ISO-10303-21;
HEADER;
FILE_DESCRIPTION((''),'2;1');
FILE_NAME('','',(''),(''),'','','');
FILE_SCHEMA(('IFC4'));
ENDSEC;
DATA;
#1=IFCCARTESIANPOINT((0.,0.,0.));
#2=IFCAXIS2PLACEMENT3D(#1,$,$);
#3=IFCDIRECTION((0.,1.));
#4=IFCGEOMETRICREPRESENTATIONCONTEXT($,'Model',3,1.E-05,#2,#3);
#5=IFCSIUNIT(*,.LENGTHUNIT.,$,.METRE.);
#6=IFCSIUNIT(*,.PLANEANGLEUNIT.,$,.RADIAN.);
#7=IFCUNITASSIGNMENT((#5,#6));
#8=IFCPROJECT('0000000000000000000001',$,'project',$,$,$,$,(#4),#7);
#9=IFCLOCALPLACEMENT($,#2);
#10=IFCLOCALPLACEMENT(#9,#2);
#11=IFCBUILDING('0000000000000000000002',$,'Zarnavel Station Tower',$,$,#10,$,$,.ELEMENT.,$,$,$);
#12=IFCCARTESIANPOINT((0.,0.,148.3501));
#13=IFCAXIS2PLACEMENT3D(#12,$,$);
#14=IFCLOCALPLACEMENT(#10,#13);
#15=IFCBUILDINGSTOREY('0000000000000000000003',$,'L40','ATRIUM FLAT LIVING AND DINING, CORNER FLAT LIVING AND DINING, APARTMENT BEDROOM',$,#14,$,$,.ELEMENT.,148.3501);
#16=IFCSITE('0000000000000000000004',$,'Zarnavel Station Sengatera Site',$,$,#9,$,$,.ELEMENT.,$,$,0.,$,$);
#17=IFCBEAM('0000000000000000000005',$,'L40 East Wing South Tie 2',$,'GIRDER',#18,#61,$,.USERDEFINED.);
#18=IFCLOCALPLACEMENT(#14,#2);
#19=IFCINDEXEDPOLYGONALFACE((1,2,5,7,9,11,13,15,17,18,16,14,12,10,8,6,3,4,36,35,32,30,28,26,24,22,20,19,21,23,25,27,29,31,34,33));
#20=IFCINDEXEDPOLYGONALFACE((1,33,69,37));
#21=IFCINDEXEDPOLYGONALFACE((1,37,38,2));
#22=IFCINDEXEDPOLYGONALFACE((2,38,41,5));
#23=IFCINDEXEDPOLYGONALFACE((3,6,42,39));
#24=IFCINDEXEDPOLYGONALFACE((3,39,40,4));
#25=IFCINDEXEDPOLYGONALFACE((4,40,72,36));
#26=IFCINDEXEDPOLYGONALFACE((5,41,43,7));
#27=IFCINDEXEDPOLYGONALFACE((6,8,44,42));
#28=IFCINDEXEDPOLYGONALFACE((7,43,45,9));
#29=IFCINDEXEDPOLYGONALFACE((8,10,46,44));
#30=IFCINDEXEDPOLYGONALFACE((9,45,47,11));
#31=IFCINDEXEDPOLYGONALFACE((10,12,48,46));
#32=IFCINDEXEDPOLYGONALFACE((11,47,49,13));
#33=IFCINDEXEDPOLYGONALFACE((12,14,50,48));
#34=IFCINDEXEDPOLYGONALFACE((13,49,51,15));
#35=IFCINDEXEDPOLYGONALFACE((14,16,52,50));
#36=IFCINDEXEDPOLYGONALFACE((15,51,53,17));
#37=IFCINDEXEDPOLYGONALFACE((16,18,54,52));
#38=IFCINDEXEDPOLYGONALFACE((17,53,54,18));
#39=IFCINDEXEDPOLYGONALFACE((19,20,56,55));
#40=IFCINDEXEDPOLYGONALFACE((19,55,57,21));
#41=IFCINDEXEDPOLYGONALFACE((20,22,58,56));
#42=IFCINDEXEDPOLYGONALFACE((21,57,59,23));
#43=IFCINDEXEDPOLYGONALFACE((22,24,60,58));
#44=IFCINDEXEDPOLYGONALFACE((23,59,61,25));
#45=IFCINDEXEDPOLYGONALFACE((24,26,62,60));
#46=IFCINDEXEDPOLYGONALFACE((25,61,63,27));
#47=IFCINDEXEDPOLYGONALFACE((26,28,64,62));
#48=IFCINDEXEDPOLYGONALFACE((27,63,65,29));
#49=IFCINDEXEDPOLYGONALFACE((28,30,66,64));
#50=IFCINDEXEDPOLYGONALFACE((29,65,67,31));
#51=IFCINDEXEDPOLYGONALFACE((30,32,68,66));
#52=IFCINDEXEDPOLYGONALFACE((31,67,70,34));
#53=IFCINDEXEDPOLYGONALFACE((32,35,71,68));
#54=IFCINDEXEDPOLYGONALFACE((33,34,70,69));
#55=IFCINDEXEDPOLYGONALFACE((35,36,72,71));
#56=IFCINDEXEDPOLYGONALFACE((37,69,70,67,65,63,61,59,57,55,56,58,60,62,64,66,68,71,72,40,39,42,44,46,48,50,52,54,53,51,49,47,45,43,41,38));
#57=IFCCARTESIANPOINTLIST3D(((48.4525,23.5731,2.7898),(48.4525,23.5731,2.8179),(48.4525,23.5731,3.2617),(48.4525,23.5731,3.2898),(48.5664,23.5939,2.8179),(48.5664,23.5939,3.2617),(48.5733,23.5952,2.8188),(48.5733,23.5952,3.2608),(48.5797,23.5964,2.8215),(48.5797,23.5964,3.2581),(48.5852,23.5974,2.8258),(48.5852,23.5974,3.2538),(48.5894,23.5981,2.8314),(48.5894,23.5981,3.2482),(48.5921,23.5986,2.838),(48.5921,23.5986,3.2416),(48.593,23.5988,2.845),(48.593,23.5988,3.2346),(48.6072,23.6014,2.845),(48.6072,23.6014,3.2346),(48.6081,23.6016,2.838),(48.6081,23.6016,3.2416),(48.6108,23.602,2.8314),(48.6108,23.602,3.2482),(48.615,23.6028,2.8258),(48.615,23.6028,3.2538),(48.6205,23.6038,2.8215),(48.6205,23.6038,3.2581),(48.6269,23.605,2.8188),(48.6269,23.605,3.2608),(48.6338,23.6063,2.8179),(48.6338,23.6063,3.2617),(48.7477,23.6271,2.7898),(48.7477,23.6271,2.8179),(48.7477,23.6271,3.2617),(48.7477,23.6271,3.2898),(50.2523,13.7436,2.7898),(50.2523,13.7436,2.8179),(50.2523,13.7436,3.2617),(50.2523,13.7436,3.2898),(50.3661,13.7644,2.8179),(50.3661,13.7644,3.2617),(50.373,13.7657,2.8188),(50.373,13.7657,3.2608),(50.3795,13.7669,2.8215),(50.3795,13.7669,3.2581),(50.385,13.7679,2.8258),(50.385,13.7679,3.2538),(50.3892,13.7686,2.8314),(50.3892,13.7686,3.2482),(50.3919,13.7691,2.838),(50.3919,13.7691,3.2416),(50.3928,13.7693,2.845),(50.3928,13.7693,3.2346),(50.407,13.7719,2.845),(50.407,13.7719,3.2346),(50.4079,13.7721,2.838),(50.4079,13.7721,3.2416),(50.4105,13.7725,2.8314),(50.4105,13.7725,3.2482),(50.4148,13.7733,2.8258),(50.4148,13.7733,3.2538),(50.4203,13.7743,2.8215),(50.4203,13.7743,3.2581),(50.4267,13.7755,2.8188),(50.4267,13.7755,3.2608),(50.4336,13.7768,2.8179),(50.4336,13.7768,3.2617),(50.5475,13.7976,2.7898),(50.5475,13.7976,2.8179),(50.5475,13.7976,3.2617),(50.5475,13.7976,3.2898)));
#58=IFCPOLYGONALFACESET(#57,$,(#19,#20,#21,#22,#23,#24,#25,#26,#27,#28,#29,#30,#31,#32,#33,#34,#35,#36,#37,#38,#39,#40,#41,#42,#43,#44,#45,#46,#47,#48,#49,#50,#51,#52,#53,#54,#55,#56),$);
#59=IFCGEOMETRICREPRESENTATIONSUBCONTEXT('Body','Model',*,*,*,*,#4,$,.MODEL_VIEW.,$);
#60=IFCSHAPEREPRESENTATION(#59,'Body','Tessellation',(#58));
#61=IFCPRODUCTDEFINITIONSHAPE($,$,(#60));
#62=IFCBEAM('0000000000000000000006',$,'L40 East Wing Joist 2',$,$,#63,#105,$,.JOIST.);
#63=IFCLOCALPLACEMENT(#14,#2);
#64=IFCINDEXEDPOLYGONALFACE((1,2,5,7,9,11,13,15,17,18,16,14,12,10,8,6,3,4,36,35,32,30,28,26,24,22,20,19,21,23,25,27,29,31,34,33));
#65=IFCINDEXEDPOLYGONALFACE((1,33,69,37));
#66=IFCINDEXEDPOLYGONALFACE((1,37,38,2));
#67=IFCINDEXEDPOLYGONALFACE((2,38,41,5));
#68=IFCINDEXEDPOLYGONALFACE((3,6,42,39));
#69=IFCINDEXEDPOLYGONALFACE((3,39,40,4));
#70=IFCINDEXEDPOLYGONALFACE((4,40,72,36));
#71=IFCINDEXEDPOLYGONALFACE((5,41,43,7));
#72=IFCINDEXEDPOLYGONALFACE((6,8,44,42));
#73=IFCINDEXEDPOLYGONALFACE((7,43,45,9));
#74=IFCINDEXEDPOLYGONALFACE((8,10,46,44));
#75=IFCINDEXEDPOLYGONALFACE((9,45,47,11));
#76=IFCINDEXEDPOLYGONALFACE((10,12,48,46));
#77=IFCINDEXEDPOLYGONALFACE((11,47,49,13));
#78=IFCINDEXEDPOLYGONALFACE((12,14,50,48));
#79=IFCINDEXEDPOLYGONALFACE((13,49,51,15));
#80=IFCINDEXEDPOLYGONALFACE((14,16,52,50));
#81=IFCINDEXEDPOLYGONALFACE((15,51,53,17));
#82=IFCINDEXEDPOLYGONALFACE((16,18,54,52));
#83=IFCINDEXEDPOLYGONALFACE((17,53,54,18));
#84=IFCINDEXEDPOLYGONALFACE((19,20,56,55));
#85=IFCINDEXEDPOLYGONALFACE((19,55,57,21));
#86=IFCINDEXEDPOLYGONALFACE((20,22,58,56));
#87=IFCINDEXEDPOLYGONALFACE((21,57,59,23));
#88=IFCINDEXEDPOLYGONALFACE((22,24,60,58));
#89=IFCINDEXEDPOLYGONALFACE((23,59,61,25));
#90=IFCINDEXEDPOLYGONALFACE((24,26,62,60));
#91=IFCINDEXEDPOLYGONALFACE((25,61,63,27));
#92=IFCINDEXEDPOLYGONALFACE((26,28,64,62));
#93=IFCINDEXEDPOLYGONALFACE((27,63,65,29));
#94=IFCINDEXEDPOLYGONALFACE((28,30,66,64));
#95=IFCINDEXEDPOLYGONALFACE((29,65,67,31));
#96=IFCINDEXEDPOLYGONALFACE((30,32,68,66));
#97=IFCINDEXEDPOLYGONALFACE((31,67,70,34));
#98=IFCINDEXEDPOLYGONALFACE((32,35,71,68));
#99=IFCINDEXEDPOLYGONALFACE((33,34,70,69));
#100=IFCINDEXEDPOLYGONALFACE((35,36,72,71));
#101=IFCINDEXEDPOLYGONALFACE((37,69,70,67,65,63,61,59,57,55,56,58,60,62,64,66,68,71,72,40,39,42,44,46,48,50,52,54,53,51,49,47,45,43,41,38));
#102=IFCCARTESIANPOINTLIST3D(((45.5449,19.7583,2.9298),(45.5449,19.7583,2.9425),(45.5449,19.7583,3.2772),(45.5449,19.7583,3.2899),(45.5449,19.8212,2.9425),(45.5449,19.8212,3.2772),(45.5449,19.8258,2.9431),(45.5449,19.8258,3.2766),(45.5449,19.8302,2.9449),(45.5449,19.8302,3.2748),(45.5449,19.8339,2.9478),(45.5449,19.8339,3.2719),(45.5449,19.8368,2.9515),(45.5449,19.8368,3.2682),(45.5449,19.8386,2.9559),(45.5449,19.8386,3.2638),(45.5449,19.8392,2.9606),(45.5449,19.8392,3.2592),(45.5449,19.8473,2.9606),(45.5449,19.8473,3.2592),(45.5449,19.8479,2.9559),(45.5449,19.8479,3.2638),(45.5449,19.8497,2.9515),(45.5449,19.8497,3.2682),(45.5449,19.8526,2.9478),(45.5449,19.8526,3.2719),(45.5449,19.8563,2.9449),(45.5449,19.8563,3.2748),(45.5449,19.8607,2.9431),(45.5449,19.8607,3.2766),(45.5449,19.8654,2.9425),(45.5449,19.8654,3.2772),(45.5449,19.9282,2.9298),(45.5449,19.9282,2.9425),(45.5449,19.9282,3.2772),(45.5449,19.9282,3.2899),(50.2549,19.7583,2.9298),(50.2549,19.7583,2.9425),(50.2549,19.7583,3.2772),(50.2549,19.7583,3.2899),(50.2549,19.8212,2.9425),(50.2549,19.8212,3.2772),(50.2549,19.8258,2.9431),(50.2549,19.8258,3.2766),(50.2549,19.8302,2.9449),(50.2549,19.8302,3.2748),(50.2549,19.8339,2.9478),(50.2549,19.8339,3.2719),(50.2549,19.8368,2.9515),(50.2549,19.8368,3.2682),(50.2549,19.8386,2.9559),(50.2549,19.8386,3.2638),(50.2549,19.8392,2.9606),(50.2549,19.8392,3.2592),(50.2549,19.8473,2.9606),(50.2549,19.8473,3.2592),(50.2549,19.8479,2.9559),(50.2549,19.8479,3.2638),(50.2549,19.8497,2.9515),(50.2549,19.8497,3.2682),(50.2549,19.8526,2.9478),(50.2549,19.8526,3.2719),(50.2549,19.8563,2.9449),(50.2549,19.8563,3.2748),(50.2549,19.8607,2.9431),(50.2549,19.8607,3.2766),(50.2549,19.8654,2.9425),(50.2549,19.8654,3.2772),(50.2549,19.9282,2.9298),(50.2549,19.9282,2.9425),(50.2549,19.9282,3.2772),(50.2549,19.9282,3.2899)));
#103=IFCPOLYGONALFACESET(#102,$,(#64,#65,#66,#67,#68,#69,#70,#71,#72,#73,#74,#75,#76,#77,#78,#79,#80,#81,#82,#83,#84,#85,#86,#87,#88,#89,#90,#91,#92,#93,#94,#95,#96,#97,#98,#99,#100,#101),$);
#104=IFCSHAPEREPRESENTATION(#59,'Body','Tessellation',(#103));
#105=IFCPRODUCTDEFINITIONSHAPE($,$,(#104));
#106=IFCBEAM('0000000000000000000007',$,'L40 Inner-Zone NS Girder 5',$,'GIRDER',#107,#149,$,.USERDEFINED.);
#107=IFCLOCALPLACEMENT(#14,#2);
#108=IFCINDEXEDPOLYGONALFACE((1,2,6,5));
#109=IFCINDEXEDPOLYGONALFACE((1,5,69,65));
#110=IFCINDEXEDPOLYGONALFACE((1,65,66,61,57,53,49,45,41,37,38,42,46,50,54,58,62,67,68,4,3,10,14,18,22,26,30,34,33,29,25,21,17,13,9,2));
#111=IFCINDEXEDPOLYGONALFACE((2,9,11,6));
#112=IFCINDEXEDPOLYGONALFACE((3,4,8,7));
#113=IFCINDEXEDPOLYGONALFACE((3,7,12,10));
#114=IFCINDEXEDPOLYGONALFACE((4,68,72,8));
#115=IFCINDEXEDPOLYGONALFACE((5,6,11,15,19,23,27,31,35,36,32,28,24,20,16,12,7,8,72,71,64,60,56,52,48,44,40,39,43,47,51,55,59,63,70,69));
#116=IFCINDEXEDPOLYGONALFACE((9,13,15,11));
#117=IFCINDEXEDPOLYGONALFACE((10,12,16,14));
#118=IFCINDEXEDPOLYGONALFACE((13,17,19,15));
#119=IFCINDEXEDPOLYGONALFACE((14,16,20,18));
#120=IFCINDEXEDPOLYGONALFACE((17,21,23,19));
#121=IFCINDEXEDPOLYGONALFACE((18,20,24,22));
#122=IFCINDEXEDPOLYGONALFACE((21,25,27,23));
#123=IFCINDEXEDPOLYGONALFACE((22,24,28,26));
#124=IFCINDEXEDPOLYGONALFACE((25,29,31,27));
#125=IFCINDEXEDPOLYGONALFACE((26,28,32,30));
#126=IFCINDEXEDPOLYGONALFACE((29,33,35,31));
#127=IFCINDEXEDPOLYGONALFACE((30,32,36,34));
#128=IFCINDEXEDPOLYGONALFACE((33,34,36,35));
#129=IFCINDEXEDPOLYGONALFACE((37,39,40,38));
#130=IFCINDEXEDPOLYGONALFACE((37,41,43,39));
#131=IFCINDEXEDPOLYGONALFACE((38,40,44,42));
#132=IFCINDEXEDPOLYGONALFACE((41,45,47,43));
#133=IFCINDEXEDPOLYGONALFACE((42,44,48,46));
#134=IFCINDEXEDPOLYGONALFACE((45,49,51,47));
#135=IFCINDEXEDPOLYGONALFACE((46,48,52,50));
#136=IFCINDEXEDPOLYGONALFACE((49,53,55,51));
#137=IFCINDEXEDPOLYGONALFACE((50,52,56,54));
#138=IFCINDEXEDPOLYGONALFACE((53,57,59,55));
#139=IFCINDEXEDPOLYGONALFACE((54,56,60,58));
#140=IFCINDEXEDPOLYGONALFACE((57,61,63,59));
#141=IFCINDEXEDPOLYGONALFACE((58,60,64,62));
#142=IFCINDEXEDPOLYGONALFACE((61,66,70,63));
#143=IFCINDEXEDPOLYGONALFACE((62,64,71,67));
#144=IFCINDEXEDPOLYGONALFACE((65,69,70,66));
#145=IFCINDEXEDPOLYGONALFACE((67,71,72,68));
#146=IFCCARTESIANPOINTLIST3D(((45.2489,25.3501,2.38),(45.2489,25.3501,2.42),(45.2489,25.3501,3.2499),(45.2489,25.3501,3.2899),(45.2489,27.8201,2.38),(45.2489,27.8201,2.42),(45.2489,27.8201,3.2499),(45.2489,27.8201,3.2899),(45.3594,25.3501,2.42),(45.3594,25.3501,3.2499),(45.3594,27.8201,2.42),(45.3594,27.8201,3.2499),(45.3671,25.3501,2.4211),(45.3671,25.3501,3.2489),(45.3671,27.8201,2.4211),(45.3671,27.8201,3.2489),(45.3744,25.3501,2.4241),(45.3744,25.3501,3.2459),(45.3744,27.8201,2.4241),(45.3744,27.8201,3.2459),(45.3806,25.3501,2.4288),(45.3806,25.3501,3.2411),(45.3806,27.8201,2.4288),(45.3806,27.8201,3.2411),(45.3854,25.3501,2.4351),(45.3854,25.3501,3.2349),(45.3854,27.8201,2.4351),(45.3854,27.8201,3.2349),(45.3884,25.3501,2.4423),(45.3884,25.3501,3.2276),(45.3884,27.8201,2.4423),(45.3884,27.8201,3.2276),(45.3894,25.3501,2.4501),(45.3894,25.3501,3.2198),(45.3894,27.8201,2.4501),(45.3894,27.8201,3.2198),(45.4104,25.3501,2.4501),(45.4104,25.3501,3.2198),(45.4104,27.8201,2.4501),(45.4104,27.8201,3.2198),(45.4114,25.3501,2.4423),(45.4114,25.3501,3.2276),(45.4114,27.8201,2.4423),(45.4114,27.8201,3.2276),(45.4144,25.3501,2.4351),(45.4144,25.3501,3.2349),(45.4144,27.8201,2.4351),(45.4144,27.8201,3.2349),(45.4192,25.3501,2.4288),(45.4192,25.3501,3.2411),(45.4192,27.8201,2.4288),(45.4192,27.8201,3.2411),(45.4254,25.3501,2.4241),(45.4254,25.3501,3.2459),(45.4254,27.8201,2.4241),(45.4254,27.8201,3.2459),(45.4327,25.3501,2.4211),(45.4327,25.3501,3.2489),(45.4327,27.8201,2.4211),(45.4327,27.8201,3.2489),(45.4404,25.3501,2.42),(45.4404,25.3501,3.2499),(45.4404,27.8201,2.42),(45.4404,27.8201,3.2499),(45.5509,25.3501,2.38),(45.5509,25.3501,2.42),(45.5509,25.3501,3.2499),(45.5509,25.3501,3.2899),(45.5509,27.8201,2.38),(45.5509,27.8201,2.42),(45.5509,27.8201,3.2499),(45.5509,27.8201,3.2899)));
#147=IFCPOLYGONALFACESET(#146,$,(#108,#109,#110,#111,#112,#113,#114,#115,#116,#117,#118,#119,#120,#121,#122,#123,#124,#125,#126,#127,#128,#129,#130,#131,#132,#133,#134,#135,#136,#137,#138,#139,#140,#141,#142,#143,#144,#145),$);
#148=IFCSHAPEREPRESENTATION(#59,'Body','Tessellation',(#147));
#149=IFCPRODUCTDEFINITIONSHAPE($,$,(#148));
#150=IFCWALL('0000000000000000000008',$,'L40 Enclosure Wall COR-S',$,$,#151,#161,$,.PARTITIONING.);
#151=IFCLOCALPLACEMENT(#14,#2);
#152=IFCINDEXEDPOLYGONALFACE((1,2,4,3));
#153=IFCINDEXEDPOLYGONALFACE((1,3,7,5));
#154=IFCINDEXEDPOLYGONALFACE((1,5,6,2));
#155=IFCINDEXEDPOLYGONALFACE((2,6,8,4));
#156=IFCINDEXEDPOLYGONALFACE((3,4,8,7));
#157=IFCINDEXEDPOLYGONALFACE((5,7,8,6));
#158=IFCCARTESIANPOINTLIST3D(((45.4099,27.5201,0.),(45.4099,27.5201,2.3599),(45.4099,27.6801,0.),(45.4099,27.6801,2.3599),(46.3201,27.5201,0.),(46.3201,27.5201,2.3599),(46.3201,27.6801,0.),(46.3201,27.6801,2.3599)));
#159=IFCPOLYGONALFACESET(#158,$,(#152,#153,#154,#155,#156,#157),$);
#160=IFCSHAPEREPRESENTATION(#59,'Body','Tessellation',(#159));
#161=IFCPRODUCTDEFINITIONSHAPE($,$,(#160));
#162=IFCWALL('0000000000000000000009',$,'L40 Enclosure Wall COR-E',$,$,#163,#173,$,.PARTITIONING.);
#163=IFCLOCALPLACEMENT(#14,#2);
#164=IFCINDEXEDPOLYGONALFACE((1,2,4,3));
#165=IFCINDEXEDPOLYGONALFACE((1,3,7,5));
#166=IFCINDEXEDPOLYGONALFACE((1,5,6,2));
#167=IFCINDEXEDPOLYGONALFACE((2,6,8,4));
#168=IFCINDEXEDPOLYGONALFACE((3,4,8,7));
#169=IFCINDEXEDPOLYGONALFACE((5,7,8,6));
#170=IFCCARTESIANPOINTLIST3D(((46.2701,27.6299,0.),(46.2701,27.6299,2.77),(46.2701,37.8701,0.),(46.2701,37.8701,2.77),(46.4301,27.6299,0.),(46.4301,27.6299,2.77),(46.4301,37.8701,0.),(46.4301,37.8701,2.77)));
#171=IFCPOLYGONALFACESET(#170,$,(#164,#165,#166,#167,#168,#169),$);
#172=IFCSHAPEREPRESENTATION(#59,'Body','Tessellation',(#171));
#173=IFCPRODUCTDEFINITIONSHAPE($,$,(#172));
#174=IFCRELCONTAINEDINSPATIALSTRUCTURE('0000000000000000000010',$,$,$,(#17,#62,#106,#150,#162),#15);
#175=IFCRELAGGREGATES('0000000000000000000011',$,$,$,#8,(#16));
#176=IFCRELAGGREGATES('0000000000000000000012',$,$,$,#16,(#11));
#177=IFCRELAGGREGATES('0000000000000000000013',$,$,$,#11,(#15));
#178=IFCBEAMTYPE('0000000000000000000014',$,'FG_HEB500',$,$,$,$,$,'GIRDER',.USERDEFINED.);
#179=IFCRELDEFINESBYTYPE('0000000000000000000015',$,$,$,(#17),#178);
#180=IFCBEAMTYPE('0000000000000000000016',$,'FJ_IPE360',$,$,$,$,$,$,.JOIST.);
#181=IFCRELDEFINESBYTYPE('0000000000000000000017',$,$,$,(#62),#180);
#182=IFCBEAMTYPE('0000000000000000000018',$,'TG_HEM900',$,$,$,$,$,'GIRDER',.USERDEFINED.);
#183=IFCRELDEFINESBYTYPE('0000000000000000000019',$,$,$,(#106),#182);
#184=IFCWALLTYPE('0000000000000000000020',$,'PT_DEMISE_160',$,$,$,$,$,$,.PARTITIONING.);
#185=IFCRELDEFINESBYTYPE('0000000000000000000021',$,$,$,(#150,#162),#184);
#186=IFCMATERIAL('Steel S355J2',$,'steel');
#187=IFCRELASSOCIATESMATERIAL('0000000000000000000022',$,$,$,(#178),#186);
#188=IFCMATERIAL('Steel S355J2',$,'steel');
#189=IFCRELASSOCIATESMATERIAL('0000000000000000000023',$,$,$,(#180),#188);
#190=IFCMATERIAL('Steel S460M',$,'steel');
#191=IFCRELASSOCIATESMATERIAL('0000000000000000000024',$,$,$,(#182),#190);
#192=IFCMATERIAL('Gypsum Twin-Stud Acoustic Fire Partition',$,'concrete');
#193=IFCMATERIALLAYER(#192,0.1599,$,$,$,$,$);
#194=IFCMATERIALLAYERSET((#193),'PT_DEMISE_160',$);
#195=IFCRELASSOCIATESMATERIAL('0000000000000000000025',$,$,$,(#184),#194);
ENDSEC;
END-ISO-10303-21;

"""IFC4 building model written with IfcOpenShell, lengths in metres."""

from ifc_helpers import new_model, si_unit, direction, frame, frame_2d, origin, origin_2d, place, context, subcontext, project, spatial, rectangle, i_section, extrude, material, layer, layer_set, material_profile, profile_set, type_object, element, save


model = new_model("IFC4")

# Units and contexts
model_context = context("Model", 3, precision=1e-05, world=origin(), true_north=direction((0.0, 1.0)))
body_context = subcontext(model_context, "Body", "Model", "MODEL_VIEW")
ifc_project = project(units=[si_unit("LENGTHUNIT", "METRE"), si_unit("PLANEANGLEUNIT", "RADIAN")], contexts=[model_context])

# Site, building, storey
site_placement = place(None, origin())
site = spatial("IfcSite", under=ifc_project, at=site_placement, Name="Zarnavel Station Sengatera Site", CompositionType="ELEMENT", RefElevation=0.0)
building_placement = place(site_placement, origin())
building = spatial("IfcBuilding", under=site, at=building_placement, Name="Zarnavel Station Tower", CompositionType="ELEMENT")
storey_placement = place(building_placement, frame((0.0, 0.0, 148.3501)))
storey = spatial("IfcBuildingStorey", under=building, at=storey_placement, Name="L40", Description="ATRIUM FLAT LIVING AND DINING, CORNER FLAT LIVING AND DINING, APARTMENT BEDROOM", CompositionType="ELEMENT", Elevation=148.3501)

# Beams
ifc_material_1 = material(Name="Steel S355J2", Category="steel")
ifc_material_profile_1 = material_profile(ifc_material_1, i_section(OverallWidth=0.3, OverallDepth=0.5, WebThickness=0.0144, FlangeThickness=0.0281, FilletRadius=0.0271, at=origin_2d()), Name="HEB500")
ifc_profile_set_1 = profile_set([ifc_material_profile_1], Name="Steel S355J2")
beam_type_1 = type_object("IfcBeamType", Name="FG_HEB500", ElementType="GIRDER", PredefinedType="USERDEFINED", material=ifc_profile_set_1)
beam_1_placement = place(storey_placement, frame((48.6001, 23.6001, 3.0398), z_axis=(0.180106, -0.983647, 0.0), x_axis=(0.983647, 0.180106, 0.0)))
element("IfcBeam", 1, at=beam_1_placement, inside=storey, type_object=beam_type_1, Name="L40 East Wing South Tie 2", ObjectType="GIRDER", PredefinedType="USERDEFINED", context=body_context, shape_type="SweptSolid", body=[
    extrude(i_section(OverallWidth=0.3, OverallDepth=0.5, WebThickness=0.0144, FlangeThickness=0.0281, FilletRadius=0.0271, at=origin_2d()), origin(), (0.0, 0.0, 1.0), 9.9929),
])
ifc_material_2 = material(Name="Steel S355J2", Category="steel")
ifc_material_profile_2 = material_profile(ifc_material_2, i_section(OverallWidth=0.1699, OverallDepth=0.3601, WebThickness=0.0081, FlangeThickness=0.0127, FilletRadius=0.0181, at=origin_2d()), Name="IPE360")
ifc_profile_set_2 = profile_set([ifc_material_profile_2], Name="Steel S355J2")
beam_type_2 = type_object("IfcBeamType", Name="FJ_IPE360", PredefinedType="JOIST", material=ifc_profile_set_2)
beam_2_placement = place(storey_placement, frame((45.5449, 19.8433, 3.1099), z_axis=(1.0, 0.0, 0.0), x_axis=(0.0, 1.0, 0.0)))
element("IfcBeam", 2, at=beam_2_placement, inside=storey, type_object=beam_type_2, Name="L40 East Wing Joist 2", PredefinedType="JOIST", context=body_context, shape_type="SweptSolid", body=[
    extrude(i_section(OverallWidth=0.1699, OverallDepth=0.3601, WebThickness=0.0081, FlangeThickness=0.0127, FilletRadius=0.0181, at=origin_2d()), origin(), (0.0, 0.0, 1.0), 4.71),
])
ifc_material_3 = material(Name="Steel S460M", Category="steel")
ifc_material_profile_3 = material_profile(ifc_material_3, i_section(OverallWidth=0.302, OverallDepth=0.9099, WebThickness=0.021, FlangeThickness=0.04, FilletRadius=0.03, at=origin_2d()), Name="HEM900")
ifc_profile_set_3 = profile_set([ifc_material_profile_3], Name="Steel S460M")
beam_type_3 = type_object("IfcBeamType", Name="TG_HEM900", ElementType="GIRDER", PredefinedType="USERDEFINED", material=ifc_profile_set_3)
beam_3_placement = place(storey_placement, frame((45.3999, 25.3501, 2.835), z_axis=(0.0, 1.0, 0.0), x_axis=(-1.0, 0.0, 0.0)))
element("IfcBeam", 3, at=beam_3_placement, inside=storey, type_object=beam_type_3, Name="L40 Inner-Zone NS Girder 5", ObjectType="GIRDER", PredefinedType="USERDEFINED", context=body_context, shape_type="SweptSolid", body=[
    extrude(i_section(OverallWidth=0.302, OverallDepth=0.9099, WebThickness=0.021, FlangeThickness=0.04, FilletRadius=0.03, at=origin_2d()), origin(), (0.0, 0.0, 1.0), 2.47),
])

# Shared definitions
ifc_material_4 = material(Name="Gypsum Twin-Stud Acoustic Fire Partition", Category="concrete")
ifc_layer_1 = layer(ifc_material_4, 0.1599)
ifc_layer_set_1 = layer_set([ifc_layer_1], Name="PT_DEMISE_160")
wall_type_1 = type_object("IfcWallType", Name="PT_DEMISE_160", PredefinedType="PARTITIONING", material=ifc_layer_set_1)

# Walls
wall_1_placement = place(storey_placement, frame((45.4099, 27.6001, 0.0), z_axis=(0.0, 0.0, 1.0), x_axis=(1.0, 0.0, 0.0)))
element("IfcWall", 4, at=wall_1_placement, inside=storey, type_object=wall_type_1, Name="L40 Enclosure Wall COR-S", PredefinedType="PARTITIONING", context=body_context, shape_type="SweptSolid", body=[
    extrude(rectangle(XDim=0.9102, YDim=0.1599, at=frame_2d((0.4551, 0.0))), origin(), (0.0, 0.0, 1.0), 2.3599),
])
wall_2_placement = place(storey_placement, frame((46.3501, 27.6299, 0.0), z_axis=(0.0, 0.0, 1.0), x_axis=(0.0, 1.0, 0.0)))
element("IfcWall", 5, at=wall_2_placement, inside=storey, type_object=wall_type_1, Name="L40 Enclosure Wall COR-E", PredefinedType="PARTITIONING", context=body_context, shape_type="SweptSolid", body=[
    extrude(rectangle(XDim=10.2402, YDim=0.1599, at=frame_2d((5.1201, 0.0))), origin(), (0.0, 0.0, 1.0), 2.77),
])

save(model, "model.ifc")
